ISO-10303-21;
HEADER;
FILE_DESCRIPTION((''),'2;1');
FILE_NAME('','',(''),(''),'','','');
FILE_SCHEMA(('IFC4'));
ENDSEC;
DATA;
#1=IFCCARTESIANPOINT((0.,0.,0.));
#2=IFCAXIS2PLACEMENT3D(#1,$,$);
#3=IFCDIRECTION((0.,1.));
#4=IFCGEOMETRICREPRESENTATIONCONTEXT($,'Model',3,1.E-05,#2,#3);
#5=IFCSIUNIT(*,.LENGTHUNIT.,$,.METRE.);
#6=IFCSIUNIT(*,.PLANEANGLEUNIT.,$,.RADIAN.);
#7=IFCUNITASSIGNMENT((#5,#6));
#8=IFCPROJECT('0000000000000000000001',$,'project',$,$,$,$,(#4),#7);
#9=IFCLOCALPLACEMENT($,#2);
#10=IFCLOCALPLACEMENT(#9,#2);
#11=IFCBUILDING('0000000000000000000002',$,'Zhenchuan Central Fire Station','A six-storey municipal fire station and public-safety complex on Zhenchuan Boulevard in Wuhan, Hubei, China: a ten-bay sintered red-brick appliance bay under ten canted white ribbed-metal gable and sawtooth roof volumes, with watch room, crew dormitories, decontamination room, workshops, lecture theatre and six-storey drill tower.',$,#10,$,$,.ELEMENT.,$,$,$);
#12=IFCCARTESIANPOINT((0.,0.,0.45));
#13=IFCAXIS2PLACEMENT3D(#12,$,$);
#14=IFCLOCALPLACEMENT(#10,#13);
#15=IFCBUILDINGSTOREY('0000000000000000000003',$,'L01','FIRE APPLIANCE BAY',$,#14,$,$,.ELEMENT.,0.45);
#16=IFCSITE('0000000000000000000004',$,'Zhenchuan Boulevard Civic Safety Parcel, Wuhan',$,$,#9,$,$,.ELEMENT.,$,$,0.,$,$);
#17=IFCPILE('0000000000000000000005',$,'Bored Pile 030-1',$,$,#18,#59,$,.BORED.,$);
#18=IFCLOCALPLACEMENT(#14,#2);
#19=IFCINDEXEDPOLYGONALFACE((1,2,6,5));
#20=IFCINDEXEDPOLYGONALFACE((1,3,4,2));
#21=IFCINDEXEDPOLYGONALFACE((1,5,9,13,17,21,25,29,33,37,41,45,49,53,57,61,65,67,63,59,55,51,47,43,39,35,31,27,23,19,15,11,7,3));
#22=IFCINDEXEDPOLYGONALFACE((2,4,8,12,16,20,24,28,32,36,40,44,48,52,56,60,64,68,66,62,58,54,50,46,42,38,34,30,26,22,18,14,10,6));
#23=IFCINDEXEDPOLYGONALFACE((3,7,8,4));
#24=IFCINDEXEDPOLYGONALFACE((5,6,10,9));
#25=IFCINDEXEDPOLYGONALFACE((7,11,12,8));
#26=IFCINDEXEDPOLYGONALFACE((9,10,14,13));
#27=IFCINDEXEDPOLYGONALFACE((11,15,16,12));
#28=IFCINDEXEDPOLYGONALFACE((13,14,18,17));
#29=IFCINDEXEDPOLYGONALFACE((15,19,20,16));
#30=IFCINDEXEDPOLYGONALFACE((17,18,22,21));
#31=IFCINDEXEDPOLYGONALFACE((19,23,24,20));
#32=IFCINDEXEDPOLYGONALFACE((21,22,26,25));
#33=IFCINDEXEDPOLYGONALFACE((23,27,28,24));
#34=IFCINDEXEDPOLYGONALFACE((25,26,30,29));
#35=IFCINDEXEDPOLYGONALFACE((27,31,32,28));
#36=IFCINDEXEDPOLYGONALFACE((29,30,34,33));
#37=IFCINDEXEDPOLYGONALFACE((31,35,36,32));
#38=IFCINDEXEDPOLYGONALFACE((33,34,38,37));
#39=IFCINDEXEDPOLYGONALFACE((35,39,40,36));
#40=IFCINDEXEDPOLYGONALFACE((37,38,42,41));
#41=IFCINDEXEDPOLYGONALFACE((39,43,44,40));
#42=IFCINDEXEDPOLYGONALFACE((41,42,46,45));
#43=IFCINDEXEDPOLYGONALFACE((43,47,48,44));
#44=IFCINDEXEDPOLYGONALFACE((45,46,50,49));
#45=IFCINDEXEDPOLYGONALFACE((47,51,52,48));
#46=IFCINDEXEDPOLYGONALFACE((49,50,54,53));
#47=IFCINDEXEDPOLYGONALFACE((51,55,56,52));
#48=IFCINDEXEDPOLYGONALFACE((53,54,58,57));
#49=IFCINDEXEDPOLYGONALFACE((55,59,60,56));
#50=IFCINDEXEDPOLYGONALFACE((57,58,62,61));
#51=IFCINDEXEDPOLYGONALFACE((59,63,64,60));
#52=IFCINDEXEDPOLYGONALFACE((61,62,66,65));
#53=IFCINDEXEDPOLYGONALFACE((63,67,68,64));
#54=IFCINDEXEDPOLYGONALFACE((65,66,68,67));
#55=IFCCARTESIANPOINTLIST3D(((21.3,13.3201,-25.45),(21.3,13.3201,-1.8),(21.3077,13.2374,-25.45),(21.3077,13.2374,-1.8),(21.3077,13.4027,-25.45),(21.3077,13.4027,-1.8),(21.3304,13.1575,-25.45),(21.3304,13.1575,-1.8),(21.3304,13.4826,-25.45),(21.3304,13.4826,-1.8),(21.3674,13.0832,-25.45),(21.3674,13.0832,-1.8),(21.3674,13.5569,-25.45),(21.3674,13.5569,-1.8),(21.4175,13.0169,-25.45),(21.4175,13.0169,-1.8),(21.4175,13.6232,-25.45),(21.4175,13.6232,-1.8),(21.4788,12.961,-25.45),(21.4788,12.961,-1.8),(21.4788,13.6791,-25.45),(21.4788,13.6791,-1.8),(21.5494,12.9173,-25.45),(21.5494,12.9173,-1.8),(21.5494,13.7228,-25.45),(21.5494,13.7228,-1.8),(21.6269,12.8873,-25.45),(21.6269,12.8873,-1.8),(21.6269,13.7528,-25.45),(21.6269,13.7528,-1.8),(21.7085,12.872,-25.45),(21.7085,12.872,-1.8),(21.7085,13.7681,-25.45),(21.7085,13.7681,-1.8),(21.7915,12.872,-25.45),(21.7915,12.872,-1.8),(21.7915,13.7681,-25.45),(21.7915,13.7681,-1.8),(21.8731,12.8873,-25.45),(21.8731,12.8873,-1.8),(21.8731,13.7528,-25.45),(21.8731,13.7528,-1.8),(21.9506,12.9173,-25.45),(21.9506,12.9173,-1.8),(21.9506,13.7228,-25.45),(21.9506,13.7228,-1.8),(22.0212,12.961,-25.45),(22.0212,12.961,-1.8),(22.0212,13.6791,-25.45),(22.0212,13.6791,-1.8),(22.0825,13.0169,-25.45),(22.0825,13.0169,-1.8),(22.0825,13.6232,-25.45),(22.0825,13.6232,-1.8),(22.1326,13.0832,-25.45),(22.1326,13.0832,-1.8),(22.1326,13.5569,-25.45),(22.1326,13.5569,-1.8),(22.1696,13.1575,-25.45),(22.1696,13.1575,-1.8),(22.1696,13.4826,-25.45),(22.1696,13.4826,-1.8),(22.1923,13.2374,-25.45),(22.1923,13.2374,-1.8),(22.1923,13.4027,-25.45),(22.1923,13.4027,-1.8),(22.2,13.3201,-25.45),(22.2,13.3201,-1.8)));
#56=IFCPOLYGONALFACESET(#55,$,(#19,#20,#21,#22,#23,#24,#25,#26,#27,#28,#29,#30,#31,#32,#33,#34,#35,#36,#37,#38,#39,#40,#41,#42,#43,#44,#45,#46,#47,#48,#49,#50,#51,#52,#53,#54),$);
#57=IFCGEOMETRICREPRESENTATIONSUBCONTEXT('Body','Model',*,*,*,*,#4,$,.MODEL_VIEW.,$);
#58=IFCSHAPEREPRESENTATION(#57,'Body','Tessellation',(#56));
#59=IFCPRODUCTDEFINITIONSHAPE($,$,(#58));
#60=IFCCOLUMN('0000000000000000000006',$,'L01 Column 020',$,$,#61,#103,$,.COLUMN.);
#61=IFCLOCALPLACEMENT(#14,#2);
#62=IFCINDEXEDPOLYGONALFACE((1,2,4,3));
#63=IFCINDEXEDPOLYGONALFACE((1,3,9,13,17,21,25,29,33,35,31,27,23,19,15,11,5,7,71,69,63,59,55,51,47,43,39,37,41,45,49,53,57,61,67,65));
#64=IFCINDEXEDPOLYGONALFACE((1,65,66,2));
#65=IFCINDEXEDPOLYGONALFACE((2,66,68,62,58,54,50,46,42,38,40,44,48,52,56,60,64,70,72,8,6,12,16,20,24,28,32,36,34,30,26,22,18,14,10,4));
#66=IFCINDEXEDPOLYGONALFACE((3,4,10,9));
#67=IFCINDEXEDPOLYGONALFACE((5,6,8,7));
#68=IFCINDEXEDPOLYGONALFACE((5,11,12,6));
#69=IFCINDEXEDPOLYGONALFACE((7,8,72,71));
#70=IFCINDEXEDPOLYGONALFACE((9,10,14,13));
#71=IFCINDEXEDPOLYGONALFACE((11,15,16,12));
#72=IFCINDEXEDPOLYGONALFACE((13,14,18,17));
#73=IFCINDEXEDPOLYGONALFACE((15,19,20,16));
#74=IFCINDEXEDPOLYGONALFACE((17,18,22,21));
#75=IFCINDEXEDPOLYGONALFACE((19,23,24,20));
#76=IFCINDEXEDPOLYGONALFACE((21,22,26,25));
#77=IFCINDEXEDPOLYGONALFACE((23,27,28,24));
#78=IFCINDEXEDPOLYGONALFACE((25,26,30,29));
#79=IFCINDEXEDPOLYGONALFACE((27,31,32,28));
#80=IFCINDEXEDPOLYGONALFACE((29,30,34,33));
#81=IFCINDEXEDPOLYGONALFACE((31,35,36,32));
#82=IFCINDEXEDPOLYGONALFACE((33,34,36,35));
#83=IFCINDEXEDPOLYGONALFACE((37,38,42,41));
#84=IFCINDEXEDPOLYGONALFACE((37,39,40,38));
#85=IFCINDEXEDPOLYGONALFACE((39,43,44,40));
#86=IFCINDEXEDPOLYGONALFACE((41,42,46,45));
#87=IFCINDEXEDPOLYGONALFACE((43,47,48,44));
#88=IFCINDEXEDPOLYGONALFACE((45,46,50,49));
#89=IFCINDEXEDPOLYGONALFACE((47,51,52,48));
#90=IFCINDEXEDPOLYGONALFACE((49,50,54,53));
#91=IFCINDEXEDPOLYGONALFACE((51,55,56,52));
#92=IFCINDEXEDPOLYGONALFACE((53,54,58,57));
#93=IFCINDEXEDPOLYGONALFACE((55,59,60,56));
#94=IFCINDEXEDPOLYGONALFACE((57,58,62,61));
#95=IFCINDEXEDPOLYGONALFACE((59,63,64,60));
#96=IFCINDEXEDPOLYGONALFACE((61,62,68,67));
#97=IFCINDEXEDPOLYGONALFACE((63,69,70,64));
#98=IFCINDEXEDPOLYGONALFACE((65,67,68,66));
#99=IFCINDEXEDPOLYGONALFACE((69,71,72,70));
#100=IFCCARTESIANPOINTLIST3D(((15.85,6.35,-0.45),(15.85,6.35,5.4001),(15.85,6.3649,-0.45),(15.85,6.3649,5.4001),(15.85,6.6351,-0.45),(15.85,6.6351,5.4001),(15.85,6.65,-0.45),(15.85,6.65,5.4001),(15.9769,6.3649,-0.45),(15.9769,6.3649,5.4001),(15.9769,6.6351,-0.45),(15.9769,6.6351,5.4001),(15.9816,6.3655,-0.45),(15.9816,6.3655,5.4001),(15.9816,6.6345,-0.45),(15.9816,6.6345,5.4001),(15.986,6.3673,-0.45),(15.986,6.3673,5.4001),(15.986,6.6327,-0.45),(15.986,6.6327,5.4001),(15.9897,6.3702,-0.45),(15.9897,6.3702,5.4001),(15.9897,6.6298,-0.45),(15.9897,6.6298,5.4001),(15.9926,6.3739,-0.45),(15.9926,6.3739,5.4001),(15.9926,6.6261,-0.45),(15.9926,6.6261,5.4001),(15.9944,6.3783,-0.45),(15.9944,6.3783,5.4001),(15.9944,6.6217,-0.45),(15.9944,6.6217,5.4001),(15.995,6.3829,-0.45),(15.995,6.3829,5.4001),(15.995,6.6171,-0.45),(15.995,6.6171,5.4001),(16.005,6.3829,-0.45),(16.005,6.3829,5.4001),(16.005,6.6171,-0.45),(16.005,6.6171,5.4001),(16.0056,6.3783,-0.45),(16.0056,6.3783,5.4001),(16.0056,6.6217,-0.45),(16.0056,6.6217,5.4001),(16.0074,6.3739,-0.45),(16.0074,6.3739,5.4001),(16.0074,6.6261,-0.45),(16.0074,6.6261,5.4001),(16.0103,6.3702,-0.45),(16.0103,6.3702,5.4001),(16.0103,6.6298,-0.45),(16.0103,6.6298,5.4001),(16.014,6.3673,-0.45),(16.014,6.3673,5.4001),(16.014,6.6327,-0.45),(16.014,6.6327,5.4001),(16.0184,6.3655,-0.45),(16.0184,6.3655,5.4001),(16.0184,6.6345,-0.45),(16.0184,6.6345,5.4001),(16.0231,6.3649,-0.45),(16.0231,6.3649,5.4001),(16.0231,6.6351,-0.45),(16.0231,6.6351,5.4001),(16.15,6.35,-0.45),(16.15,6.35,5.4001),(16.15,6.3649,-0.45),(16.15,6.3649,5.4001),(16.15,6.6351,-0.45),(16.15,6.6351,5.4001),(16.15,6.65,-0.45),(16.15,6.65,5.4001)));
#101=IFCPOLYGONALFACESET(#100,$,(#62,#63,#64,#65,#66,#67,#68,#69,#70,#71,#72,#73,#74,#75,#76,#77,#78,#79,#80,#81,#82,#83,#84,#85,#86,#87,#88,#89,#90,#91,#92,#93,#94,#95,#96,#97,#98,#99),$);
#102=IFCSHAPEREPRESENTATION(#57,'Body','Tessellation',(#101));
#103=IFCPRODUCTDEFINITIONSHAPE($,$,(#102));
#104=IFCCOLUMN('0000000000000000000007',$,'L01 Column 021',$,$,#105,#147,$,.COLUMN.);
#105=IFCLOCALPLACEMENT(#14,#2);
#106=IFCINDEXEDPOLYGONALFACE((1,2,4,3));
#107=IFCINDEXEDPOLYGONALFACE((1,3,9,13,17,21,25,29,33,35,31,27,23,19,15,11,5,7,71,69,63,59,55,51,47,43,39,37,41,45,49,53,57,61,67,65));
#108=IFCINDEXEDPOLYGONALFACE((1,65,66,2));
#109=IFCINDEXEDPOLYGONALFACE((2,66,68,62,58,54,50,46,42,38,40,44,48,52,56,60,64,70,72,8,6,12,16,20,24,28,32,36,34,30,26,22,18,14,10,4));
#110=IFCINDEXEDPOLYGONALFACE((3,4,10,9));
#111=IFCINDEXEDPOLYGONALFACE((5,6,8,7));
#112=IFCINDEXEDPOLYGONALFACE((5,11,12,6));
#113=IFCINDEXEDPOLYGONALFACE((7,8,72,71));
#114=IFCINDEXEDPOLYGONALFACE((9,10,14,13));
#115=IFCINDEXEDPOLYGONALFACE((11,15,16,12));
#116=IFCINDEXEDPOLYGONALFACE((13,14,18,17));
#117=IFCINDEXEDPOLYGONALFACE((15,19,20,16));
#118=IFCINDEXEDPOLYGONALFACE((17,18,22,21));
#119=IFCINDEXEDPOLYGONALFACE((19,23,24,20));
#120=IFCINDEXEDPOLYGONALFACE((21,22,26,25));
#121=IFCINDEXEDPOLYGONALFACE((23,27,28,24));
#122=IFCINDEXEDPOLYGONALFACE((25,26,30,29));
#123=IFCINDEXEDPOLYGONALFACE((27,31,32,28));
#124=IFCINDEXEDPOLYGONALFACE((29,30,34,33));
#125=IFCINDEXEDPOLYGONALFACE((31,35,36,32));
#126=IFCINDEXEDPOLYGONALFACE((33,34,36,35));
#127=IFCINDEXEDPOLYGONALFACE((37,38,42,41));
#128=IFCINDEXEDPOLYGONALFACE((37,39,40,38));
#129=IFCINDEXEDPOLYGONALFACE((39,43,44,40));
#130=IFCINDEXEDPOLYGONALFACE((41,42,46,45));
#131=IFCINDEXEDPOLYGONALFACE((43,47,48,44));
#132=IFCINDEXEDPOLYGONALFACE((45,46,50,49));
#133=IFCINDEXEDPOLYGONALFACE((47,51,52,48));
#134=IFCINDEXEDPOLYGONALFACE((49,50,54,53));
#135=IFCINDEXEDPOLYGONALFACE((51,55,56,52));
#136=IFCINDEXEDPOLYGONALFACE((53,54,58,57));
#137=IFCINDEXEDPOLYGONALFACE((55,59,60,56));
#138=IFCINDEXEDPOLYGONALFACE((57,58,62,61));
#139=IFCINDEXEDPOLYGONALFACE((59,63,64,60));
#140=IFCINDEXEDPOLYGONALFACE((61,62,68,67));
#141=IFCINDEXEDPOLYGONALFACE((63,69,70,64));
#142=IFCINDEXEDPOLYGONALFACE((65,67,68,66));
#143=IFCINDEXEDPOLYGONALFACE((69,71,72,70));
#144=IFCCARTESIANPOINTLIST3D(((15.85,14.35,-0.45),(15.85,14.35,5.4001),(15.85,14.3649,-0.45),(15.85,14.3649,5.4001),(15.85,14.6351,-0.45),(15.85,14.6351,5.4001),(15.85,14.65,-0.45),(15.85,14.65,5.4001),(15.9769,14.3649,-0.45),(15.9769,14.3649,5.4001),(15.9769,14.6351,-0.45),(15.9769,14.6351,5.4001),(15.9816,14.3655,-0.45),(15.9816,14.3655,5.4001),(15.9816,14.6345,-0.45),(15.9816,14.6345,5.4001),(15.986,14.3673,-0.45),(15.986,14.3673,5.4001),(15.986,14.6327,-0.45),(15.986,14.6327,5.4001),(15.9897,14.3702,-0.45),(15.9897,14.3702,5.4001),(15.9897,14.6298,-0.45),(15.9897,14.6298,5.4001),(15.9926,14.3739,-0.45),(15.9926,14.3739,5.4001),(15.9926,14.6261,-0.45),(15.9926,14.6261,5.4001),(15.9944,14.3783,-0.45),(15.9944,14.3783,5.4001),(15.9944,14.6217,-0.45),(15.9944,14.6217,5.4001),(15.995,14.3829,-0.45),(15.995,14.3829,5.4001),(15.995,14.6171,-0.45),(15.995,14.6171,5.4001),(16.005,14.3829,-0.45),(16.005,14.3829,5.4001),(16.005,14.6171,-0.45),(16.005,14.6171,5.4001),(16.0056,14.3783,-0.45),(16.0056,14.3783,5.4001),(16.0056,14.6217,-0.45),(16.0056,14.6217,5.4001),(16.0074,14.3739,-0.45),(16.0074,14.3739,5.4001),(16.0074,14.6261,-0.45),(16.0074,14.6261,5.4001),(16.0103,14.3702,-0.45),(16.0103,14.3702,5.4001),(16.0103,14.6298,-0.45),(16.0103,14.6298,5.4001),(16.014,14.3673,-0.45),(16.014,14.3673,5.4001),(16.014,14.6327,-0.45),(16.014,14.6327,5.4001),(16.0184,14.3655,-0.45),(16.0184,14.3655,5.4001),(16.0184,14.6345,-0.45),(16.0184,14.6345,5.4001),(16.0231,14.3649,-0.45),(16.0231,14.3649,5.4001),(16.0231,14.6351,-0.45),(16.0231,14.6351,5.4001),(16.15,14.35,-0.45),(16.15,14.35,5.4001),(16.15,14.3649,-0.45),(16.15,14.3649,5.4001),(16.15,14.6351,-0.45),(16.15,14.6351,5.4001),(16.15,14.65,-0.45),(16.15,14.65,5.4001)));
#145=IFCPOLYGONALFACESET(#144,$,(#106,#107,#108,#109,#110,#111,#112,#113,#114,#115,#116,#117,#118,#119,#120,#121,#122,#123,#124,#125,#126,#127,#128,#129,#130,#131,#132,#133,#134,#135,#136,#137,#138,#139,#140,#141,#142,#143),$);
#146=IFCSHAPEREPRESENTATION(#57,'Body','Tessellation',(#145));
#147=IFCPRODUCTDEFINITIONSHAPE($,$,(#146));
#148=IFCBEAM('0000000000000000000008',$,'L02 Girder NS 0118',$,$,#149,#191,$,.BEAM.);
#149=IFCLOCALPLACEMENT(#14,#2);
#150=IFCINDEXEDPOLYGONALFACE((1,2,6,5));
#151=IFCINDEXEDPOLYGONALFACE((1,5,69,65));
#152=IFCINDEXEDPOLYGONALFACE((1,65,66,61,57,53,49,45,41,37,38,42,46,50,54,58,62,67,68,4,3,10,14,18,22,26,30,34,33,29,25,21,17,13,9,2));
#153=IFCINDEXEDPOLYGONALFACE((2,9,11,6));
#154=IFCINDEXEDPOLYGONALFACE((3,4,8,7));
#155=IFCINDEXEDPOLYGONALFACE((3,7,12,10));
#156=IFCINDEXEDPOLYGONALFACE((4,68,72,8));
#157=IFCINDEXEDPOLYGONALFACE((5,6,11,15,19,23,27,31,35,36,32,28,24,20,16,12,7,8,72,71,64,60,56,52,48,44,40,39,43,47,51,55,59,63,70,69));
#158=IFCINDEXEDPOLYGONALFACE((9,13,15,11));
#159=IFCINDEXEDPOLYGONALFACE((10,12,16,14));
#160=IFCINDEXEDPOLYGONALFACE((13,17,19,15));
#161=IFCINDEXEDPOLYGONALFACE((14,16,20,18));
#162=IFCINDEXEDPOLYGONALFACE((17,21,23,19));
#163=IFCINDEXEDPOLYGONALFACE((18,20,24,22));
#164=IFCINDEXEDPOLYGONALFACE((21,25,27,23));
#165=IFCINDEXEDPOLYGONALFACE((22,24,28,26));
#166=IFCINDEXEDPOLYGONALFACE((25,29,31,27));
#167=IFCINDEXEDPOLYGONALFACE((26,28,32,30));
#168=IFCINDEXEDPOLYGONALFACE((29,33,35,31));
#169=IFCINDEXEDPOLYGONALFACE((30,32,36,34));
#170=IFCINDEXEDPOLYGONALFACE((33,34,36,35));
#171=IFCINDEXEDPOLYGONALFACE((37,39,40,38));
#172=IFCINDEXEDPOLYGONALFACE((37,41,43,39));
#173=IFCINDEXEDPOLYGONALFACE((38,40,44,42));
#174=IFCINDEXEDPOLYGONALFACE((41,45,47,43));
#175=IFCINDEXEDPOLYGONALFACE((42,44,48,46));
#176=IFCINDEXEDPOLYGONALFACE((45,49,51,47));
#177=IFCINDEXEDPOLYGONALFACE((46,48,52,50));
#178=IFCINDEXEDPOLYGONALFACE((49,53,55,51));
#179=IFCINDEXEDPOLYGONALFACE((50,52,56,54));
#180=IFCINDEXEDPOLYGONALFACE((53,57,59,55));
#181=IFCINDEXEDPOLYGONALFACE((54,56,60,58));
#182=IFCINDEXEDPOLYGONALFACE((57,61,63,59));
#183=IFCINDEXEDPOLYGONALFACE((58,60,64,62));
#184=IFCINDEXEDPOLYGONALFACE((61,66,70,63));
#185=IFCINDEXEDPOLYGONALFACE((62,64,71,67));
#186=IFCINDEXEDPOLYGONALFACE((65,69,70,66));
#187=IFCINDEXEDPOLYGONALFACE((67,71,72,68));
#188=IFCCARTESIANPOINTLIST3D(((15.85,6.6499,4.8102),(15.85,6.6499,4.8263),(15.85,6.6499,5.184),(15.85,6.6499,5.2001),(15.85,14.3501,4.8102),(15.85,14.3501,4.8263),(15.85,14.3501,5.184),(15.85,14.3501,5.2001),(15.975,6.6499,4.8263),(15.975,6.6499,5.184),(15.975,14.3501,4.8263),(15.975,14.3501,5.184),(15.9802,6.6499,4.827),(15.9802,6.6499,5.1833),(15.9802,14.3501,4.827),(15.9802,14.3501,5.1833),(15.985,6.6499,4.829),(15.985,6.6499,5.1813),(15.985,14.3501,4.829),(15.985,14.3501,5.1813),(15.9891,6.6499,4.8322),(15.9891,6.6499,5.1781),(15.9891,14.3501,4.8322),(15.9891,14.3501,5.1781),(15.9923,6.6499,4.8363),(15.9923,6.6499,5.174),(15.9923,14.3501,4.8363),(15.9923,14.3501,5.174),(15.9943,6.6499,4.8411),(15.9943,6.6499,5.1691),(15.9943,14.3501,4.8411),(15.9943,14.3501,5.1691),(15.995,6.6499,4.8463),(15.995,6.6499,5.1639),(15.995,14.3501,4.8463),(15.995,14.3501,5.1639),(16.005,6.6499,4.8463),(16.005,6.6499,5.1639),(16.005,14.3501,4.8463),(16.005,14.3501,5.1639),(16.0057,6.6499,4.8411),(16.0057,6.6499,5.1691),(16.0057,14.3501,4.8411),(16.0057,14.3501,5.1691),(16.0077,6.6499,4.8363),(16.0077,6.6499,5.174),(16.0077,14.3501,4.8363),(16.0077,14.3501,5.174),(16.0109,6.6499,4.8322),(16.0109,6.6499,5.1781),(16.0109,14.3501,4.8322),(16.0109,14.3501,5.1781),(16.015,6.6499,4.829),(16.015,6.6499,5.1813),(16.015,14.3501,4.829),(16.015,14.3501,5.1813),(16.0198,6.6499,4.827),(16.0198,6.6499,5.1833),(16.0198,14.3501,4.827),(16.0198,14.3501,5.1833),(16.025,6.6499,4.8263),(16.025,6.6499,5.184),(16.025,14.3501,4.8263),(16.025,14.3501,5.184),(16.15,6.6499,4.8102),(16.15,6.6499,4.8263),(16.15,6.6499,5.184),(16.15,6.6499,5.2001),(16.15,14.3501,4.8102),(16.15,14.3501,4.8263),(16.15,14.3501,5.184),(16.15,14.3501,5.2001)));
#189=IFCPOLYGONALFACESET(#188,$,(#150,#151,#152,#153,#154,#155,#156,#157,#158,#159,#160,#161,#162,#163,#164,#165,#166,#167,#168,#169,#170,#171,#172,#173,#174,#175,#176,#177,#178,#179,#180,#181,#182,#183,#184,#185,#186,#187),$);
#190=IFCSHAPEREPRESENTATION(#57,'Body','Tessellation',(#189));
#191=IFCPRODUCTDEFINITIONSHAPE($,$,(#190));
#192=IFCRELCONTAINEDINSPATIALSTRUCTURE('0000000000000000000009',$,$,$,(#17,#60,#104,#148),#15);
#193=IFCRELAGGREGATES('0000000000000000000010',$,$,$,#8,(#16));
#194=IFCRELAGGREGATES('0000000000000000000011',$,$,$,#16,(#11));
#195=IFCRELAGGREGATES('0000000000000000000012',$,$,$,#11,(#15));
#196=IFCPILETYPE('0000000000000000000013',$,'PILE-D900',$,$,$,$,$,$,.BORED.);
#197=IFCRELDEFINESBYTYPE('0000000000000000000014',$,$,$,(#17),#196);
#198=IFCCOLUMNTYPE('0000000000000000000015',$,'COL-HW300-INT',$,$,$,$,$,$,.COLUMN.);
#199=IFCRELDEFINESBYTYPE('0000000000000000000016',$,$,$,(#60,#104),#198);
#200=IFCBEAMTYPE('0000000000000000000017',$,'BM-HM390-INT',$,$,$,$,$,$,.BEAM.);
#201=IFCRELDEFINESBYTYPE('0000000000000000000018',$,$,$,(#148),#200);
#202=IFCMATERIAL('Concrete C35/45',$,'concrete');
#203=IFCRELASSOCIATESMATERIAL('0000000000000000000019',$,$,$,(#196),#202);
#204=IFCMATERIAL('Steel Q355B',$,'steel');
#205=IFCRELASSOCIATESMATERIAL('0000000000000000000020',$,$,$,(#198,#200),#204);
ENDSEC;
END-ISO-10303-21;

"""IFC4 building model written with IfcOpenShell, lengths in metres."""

from ifc_helpers import new_model, si_unit, direction, frame, origin, origin_2d, place, context, subcontext, project, spatial, circle, i_section, extrude, material, material_profile, profile_set, type_object, element, save


model = new_model("IFC4")

# Units and contexts
model_context = context("Model", 3, precision=1e-05, world=origin(), true_north=direction((0.0, 1.0)))
body_context = subcontext(model_context, "Body", "Model", "MODEL_VIEW")
ifc_project = project(units=[si_unit("LENGTHUNIT", "METRE"), si_unit("PLANEANGLEUNIT", "RADIAN")], contexts=[model_context])

# Site, building, storey
site_placement = place(None, origin())
site = spatial("IfcSite", under=ifc_project, at=site_placement, Name="Zhenchuan Boulevard Civic Safety Parcel, Wuhan", CompositionType="ELEMENT", RefElevation=0.0)
building_placement = place(site_placement, origin())
building = spatial("IfcBuilding", under=site, at=building_placement, Name="Zhenchuan Central Fire Station", Description="A six-storey municipal fire station and public-safety complex on Zhenchuan Boulevard in Wuhan, Hubei, China: a ten-bay sintered red-brick appliance bay under ten canted white ribbed-metal gable and sawtooth roof volumes, with watch room, crew dormitories, decontamination room, workshops, lecture theatre and six-storey drill tower.", CompositionType="ELEMENT")
storey_placement = place(building_placement, frame((0.0, 0.0, 0.45)))
storey = spatial("IfcBuildingStorey", under=building, at=storey_placement, Name="L01", Description="FIRE APPLIANCE BAY", CompositionType="ELEMENT", Elevation=0.45)

# Pile
ifc_material_1 = material(Name="Concrete C35/45", Category="concrete")
ifc_material_profile_1 = material_profile(ifc_material_1, circle(Radius=0.45, at=origin_2d()), Name="PILE D900")
ifc_profile_set_1 = profile_set([ifc_material_profile_1], Name="Concrete C35/45")
pile_type_1 = type_object("IfcPileType", Name="PILE-D900", PredefinedType="BORED", material=ifc_profile_set_1)
pile_1_placement = place(storey_placement, frame((21.75, 13.3201, -1.8), z_axis=(0.0, 0.0, -1.0), x_axis=(1.0, 0.0, 0.0)))
element("IfcPile", 1, at=pile_1_placement, inside=storey, type_object=pile_type_1, Name="Bored Pile 030-1", PredefinedType="BORED", context=body_context, shape_type="SweptSolid", body=[
    extrude(circle(Radius=0.45, at=origin_2d()), origin(), (0.0, 0.0, 1.0), 23.6499),
])

# Columns
ifc_material_2 = material(Name="Steel Q355B", Category="steel")
ifc_material_profile_2 = material_profile(ifc_material_2, i_section(OverallWidth=0.3, OverallDepth=0.3, WebThickness=0.01, FlangeThickness=0.0149, FilletRadius=0.0181, at=origin_2d()), Name="HW 300x300")
ifc_profile_set_2 = profile_set([ifc_material_profile_2], Name="Steel Q355B")
column_type = type_object("IfcColumnType", Name="COL-HW300-INT", PredefinedType="COLUMN", material=ifc_profile_set_2)
for number, where, z_axis, x_axis, name in (
    (2, (16.0, 6.5, -0.45), (0.0, 0.0, 1.0), (1.0, 0.0, 0.0), "L01 Column 020"),
    (3, (16.0, 14.5, -0.45), (0.0, 0.0, 1.0), (1.0, 0.0, 0.0), "L01 Column 021"),
):
    element("IfcColumn", number, at=place(storey_placement, frame(where, z_axis=z_axis, x_axis=x_axis)), inside=storey, type_object=column_type, Name=name, PredefinedType="COLUMN", context=body_context, shape_type="SweptSolid", body=[
        extrude(i_section(OverallWidth=0.3, OverallDepth=0.3, WebThickness=0.01, FlangeThickness=0.0149, FilletRadius=0.0181, at=origin_2d()), origin(), (0.0, 0.0, 1.0), 5.8501),
    ])

# Beam
ifc_material_profile_3 = material_profile(ifc_material_2, i_section(OverallWidth=0.3, OverallDepth=0.3899, WebThickness=0.01, FlangeThickness=0.0161, FilletRadius=0.02, at=origin_2d()), Name="HM 390x300")
ifc_profile_set_3 = profile_set([ifc_material_profile_3], Name="Steel Q355B")
beam_type_1 = type_object("IfcBeamType", Name="BM-HM390-INT", PredefinedType="BEAM", material=ifc_profile_set_3)
beam_1_placement = place(storey_placement, frame((16.0, 6.6499, 5.0051), z_axis=(0.0, 1.0, 0.0), x_axis=(-1.0, 0.0, 0.0)))
element("IfcBeam", 4, at=beam_1_placement, inside=storey, type_object=beam_type_1, Name="L02 Girder NS 0118", PredefinedType="BEAM", context=body_context, shape_type="SweptSolid", body=[
    extrude(i_section(OverallWidth=0.3, OverallDepth=0.3899, WebThickness=0.01, FlangeThickness=0.0161, FilletRadius=0.02, at=origin_2d()), origin(), (0.0, 0.0, 1.0), 7.7002),
])

save(model, "model.ifc")
